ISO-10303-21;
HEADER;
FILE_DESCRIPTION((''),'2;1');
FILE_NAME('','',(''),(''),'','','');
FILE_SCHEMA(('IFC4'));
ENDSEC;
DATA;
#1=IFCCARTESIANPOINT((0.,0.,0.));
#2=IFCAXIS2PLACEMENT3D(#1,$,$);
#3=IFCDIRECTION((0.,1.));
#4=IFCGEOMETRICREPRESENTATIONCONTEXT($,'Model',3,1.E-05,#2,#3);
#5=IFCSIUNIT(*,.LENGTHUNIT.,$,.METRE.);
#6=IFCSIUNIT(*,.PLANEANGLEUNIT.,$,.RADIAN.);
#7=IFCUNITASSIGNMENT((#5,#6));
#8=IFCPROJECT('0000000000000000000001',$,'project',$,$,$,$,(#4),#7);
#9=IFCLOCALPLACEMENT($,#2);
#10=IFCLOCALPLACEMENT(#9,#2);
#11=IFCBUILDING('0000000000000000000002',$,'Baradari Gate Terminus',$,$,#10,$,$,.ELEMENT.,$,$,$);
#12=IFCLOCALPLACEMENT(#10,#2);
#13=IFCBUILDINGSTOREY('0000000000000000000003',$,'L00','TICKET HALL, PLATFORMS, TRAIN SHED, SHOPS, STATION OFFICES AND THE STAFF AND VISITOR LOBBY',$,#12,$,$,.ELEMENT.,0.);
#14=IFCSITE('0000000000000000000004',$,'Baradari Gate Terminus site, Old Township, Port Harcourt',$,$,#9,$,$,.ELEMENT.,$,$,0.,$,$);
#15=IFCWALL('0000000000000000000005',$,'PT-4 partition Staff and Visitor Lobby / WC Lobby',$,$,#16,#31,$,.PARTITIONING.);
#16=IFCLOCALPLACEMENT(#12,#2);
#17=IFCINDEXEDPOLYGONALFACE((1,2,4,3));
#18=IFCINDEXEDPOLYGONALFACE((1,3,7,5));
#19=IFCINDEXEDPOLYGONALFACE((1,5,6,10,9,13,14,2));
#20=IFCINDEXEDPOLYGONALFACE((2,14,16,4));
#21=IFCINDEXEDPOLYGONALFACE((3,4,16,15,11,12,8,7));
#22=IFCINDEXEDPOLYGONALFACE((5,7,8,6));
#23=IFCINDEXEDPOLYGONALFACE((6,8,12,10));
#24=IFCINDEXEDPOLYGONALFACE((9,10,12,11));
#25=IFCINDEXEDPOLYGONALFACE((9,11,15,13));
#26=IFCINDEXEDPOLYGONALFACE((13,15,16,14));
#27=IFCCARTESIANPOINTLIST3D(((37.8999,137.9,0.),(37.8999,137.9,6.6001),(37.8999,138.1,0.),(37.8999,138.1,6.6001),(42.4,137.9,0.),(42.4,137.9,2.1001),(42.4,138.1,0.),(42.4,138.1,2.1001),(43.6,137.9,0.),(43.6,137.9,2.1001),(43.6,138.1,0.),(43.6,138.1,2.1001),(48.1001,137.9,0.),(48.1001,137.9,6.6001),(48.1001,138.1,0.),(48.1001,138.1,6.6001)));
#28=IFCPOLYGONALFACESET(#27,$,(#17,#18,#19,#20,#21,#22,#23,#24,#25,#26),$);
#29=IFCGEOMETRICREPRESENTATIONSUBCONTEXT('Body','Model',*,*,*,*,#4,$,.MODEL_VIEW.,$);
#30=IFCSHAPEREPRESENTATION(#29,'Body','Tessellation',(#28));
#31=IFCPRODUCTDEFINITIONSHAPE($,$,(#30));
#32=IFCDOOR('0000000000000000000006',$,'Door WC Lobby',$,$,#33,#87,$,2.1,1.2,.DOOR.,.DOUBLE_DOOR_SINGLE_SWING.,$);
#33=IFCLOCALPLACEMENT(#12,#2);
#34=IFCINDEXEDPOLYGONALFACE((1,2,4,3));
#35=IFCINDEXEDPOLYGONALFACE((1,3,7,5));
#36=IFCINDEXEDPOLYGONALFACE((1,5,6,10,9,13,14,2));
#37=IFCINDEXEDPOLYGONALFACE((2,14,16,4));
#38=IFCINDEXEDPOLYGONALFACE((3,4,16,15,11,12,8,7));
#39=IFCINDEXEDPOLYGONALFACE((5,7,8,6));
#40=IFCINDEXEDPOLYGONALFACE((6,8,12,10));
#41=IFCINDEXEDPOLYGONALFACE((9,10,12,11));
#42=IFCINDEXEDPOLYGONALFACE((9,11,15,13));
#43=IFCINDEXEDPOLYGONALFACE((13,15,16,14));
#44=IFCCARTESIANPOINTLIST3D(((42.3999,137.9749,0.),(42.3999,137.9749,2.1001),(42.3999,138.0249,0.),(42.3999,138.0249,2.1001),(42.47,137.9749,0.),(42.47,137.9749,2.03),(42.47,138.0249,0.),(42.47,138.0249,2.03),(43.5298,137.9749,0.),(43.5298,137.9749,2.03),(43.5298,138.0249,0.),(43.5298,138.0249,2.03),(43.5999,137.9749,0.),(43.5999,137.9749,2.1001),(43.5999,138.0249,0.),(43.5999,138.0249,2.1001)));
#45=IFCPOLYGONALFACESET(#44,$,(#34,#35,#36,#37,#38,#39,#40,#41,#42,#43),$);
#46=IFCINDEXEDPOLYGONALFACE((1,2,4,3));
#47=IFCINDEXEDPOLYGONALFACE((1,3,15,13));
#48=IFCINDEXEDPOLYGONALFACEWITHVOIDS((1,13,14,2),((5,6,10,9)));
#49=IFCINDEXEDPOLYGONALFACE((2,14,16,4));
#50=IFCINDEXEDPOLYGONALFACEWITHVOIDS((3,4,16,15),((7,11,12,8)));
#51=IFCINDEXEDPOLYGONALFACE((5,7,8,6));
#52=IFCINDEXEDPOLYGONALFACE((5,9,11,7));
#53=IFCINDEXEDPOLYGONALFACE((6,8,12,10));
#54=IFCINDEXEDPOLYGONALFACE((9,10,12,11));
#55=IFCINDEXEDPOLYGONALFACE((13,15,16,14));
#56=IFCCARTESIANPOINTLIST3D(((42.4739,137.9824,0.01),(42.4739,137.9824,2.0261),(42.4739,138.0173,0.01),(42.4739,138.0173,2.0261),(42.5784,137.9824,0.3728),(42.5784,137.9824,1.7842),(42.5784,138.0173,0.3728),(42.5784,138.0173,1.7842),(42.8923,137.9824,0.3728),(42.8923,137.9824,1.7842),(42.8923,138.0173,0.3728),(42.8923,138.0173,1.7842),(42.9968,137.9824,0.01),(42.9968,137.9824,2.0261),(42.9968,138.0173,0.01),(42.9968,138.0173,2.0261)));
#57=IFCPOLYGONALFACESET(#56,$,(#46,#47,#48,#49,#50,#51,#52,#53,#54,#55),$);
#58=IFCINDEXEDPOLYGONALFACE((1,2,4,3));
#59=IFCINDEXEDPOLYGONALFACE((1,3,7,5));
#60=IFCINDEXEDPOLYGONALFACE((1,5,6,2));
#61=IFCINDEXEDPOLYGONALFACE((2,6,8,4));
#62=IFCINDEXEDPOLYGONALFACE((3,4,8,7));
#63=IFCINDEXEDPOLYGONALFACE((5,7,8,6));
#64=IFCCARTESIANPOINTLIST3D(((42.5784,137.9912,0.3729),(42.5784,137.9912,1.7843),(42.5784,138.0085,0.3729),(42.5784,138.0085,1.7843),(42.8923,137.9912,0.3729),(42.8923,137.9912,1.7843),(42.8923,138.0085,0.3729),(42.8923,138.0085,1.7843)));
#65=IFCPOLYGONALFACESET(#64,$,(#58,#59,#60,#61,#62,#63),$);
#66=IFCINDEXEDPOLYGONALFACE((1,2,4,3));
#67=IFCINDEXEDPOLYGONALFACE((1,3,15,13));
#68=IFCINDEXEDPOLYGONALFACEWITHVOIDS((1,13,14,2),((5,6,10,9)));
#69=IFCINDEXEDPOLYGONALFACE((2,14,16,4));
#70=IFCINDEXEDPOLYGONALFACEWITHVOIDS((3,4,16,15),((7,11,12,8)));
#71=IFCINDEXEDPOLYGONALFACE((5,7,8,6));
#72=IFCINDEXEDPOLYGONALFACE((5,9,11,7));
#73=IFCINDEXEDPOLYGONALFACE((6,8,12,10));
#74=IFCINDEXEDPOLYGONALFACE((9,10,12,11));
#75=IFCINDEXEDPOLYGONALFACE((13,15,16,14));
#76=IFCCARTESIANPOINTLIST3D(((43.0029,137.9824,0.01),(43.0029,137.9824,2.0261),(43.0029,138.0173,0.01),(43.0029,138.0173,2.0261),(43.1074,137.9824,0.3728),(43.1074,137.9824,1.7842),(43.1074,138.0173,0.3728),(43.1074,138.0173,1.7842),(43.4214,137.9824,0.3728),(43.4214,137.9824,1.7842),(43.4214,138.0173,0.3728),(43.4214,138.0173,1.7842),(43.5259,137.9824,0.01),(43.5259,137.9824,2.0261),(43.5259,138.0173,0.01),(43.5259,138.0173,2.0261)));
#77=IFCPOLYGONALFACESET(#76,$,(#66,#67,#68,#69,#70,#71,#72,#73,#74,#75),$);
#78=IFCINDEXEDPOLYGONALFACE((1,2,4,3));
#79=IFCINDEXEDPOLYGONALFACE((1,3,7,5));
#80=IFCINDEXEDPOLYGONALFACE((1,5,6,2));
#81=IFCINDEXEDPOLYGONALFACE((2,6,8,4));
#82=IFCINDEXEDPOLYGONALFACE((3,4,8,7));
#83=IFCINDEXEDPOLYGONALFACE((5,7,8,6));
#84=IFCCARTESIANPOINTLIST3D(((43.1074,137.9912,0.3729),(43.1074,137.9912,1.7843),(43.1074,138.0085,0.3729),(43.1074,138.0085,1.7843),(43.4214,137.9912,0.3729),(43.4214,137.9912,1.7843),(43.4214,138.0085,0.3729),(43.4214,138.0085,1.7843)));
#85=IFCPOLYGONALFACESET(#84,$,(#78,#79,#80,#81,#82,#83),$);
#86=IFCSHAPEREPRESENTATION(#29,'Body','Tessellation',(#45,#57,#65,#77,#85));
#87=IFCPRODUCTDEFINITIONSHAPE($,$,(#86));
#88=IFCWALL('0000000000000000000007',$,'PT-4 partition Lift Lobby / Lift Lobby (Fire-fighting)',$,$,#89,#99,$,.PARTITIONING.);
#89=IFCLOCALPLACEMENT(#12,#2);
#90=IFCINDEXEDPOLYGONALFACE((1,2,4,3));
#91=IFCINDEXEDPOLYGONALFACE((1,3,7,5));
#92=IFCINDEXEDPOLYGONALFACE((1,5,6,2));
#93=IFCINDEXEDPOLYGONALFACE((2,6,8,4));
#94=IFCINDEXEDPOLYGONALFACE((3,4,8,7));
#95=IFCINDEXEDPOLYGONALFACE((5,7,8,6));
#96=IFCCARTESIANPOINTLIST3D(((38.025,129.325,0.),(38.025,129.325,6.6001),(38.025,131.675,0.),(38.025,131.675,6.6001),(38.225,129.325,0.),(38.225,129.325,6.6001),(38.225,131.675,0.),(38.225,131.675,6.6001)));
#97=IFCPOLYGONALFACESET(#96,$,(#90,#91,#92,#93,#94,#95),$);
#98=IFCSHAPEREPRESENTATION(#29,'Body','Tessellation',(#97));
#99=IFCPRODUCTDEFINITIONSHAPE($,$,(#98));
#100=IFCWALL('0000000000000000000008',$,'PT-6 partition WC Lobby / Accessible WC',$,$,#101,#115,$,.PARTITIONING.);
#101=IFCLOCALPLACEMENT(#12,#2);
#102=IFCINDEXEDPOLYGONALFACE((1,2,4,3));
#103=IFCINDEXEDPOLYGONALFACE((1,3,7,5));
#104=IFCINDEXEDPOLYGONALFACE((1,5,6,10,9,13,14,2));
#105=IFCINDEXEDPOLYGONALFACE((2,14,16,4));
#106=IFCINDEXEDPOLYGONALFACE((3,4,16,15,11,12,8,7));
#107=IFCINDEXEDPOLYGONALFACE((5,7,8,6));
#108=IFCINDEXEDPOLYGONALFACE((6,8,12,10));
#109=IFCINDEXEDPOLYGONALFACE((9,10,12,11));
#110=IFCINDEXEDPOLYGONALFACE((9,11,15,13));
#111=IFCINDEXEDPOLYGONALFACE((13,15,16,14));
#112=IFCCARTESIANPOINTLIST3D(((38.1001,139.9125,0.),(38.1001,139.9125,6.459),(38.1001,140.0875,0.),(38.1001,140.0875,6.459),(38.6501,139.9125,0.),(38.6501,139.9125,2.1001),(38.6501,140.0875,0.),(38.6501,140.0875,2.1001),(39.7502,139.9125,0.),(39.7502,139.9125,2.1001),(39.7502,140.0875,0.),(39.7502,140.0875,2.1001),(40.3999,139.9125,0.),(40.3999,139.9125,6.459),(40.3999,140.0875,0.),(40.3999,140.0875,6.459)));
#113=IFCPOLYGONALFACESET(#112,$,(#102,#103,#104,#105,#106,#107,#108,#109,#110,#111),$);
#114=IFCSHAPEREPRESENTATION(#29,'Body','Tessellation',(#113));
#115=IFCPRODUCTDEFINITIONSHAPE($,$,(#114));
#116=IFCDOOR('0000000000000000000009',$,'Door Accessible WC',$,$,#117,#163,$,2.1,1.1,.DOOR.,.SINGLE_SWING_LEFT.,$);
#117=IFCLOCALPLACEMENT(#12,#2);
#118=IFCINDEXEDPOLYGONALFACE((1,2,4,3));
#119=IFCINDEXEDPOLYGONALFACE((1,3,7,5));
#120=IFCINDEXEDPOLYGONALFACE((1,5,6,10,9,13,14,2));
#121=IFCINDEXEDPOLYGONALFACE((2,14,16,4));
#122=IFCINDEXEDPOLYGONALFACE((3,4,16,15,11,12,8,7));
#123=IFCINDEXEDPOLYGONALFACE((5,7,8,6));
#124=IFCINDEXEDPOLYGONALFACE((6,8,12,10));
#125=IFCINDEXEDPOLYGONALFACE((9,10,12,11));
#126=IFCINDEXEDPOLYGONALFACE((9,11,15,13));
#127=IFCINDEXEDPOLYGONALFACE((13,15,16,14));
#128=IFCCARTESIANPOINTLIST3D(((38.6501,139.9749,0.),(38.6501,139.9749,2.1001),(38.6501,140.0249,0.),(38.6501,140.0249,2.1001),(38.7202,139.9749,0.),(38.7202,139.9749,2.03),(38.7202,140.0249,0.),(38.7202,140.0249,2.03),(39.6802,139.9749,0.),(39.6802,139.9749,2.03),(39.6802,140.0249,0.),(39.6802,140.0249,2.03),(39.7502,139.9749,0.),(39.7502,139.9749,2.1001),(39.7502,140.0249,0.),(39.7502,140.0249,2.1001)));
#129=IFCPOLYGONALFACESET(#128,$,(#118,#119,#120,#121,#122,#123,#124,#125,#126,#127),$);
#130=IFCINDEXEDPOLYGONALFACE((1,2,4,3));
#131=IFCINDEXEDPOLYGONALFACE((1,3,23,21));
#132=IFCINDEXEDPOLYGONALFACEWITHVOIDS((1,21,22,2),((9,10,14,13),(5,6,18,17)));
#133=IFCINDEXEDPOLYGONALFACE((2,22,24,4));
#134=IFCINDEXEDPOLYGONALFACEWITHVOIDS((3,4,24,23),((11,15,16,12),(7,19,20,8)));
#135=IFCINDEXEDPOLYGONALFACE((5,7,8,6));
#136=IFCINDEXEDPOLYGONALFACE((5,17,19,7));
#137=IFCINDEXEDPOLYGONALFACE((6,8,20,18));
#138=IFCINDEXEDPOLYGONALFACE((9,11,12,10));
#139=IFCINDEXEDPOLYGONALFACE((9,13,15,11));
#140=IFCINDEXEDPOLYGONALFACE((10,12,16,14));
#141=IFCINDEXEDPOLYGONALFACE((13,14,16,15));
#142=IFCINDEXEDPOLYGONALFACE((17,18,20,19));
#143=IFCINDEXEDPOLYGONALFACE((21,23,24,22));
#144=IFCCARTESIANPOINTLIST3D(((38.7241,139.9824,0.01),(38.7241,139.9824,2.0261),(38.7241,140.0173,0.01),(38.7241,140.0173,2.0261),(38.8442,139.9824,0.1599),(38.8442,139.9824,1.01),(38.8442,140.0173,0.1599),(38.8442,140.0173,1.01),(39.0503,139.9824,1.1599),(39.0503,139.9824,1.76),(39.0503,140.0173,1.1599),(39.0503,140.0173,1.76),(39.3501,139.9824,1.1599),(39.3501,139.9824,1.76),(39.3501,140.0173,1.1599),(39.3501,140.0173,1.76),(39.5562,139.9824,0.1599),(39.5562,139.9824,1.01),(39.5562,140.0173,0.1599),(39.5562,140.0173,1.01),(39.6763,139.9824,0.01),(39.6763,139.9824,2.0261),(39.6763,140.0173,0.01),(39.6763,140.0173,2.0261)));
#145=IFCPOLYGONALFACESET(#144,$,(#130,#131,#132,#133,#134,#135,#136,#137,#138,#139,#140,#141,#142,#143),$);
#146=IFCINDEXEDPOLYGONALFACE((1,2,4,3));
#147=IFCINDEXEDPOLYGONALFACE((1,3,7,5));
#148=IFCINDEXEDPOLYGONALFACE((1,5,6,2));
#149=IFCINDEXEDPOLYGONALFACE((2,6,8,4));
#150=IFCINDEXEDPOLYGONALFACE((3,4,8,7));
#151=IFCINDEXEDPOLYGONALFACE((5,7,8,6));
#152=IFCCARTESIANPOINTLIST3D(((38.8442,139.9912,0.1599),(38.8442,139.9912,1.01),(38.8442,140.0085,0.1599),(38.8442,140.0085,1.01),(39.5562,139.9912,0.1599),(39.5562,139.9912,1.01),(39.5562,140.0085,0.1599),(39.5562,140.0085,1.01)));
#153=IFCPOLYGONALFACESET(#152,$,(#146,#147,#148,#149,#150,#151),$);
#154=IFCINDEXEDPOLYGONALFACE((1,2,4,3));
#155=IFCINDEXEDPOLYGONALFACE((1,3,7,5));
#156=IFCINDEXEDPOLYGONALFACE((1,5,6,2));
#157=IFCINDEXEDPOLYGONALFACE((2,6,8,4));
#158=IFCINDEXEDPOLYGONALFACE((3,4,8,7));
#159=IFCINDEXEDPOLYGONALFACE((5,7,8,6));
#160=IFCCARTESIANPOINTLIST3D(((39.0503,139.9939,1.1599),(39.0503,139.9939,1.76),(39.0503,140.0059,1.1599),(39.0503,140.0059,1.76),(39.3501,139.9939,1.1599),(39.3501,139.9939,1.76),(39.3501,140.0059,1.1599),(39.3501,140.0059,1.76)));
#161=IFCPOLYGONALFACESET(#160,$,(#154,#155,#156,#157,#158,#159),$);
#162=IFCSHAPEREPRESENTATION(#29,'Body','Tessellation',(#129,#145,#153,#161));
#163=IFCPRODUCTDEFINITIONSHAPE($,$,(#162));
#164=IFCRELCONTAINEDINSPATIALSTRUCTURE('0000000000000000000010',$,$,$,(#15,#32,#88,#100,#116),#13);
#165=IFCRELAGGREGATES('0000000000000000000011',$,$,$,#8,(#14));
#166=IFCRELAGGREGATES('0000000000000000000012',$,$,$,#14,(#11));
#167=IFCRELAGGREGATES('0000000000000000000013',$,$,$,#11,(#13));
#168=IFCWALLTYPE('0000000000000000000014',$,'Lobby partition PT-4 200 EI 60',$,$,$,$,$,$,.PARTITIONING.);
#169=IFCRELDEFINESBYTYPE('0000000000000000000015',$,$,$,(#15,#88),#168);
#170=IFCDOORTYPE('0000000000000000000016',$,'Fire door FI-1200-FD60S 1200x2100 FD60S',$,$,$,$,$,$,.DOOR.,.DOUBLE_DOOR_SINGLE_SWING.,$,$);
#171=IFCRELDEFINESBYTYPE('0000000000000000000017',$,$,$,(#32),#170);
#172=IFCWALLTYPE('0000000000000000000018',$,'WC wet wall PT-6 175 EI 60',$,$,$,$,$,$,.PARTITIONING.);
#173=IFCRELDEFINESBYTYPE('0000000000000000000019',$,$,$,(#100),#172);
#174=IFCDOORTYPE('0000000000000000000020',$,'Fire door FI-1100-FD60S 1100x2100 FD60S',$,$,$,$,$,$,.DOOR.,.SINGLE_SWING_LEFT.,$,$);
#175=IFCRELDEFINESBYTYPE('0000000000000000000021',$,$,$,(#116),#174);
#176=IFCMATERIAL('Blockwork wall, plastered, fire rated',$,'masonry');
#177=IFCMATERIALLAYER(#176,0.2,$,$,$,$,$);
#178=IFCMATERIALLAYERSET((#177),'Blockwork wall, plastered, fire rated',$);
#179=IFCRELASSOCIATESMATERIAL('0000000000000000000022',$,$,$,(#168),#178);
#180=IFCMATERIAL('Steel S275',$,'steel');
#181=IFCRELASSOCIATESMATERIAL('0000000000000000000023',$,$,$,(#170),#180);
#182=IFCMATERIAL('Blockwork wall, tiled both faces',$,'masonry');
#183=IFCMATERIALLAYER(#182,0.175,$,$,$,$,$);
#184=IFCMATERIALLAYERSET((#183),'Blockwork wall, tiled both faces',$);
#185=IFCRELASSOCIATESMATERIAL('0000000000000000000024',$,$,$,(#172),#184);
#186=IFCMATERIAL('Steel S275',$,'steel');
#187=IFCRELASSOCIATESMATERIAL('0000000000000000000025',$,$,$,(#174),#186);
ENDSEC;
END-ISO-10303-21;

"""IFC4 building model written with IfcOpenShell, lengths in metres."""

from ifc_helpers import new_model, si_unit, direction, frame, frame_2d, origin, place, context, subcontext, project, spatial, polyline, rectangle, outline, extrude, material, layer, layer_set, type_object, element, fill, save


model = new_model("IFC4")

# Units and contexts
model_context = context("Model", 3, precision=1e-05, world=origin(), true_north=direction((0.0, 1.0)))
body_context = subcontext(model_context, "Body", "Model", "MODEL_VIEW")
ifc_project = project(units=[si_unit("LENGTHUNIT", "METRE"), si_unit("PLANEANGLEUNIT", "RADIAN")], contexts=[model_context])

# Site, building, storey
site_placement = place(None, origin())
site = spatial("IfcSite", under=ifc_project, at=site_placement, Name="Baradari Gate Terminus site, Old Township, Port Harcourt", CompositionType="ELEMENT", RefElevation=0.0)
building_placement = place(site_placement, origin())
building = spatial("IfcBuilding", under=site, at=building_placement, Name="Baradari Gate Terminus", CompositionType="ELEMENT")
storey_placement = place(building_placement, origin())
storey = spatial("IfcBuildingStorey", under=building, at=storey_placement, Name="L00", Description="TICKET HALL, PLATFORMS, TRAIN SHED, SHOPS, STATION OFFICES AND THE STAFF AND VISITOR LOBBY", CompositionType="ELEMENT", Elevation=0.0)

# Shared definitions
ifc_material_1 = material(Name="Blockwork wall, plastered, fire rated", Category="masonry")
ifc_layer_1 = layer(ifc_material_1, 0.2)
ifc_layer_set_1 = layer_set([ifc_layer_1], Name="Blockwork wall, plastered, fire rated")
wall_type_1 = type_object("IfcWallType", Name="Lobby partition PT-4 200 EI 60", PredefinedType="PARTITIONING", material=ifc_layer_set_1)

# Wall, opening, door
wall_1_placement = place(storey_placement, frame((37.8999, 138.0, 0.0), z_axis=(0.0, 0.0, 1.0), x_axis=(1.0, 0.0, 0.0)))
wall_1 = element("IfcWall", 1, at=wall_1_placement, inside=storey, type_object=wall_type_1, Name="PT-4 partition Staff and Visitor Lobby / WC Lobby", PredefinedType="PARTITIONING", context=body_context, shape_type="SweptSolid", body=[
    extrude(rectangle(XDim=10.2002, YDim=0.2, at=frame_2d((5.1001, 0.0))), origin(), (0.0, 0.0, 1.0), 6.6001),
])
opening_1_placement = place(wall_1_placement, frame((4.5, 0.0, 0.0)))
opening_1 = element("IfcOpeningElement", 2, at=opening_1_placement, cuts=wall_1, PredefinedType="OPENING", context=body_context, shape_type="SweptSolid", body=[
    extrude(rectangle(XDim=1.2, YDim=2.1001, at=frame_2d((0.6001, 1.05))), frame((0.0, 0.1099, 0.0), z_axis=(0.0, -1.0, 0.0), x_axis=(1.0, 0.0, 0.0)), (0.0, 0.0, 1.0), 0.22),
])
ifc_material_2 = material(Name="Steel S275", Category="steel")
door_type_1 = type_object("IfcDoorType", Name="Fire door FI-1200-FD60S 1200x2100 FD60S", OperationType="DOUBLE_DOOR_SINGLE_SWING", PredefinedType="DOOR", material=ifc_material_2)
door_1_placement = place(opening_1_placement, origin())
door_1 = element("IfcDoor", 3, at=door_1_placement, inside=storey, type_object=door_type_1, Name="Door WC Lobby", OperationType="DOUBLE_DOOR_SINGLE_SWING", OverallHeight=2.1, OverallWidth=1.2, PredefinedType="DOOR", context=body_context, shape_type="SweptSolid", body=[
    extrude(outline(polyline([(0.0, 0.0), (0.0701, 0.0), (0.0701, 2.03), (1.1299, 2.03), (1.1299, 0.0), (1.2, 0.0), (1.2, 2.1001), (0.0, 2.1001), (0.0, 0.0)])), frame((0.0, 0.0249, 0.0), z_axis=(0.0, -1.0, 0.0), x_axis=(1.0, 0.0, 0.0)), (0.0, 0.0, 1.0), 0.05),
    extrude(outline(polyline([(0.074, 0.01), (0.5969, 0.01), (0.5969, 2.0261), (0.074, 2.0261), (0.074, 0.01)]), holes=[polyline([(0.1785, 0.3728), (0.4924, 0.3728), (0.4924, 1.7842), (0.1785, 1.7842), (0.1785, 0.3728)])]), frame((0.0, 0.0173, 0.0), z_axis=(0.0, -1.0, 0.0), x_axis=(1.0, 0.0, 0.0)), (0.0, 0.0, 1.0), 0.0349),
    extrude(rectangle(XDim=0.314, YDim=1.4114, at=frame_2d((0.3354, 1.0786))), frame((0.0, 0.0085, 0.0), z_axis=(0.0, -1.0, 0.0), x_axis=(1.0, 0.0, 0.0)), (0.0, 0.0, 1.0), 0.0173),
    extrude(outline(polyline([(0.603, 0.01), (1.126, 0.01), (1.126, 2.0261), (0.603, 2.0261), (0.603, 0.01)]), holes=[polyline([(0.7075, 0.3728), (1.0215, 0.3728), (1.0215, 1.7842), (0.7075, 1.7842), (0.7075, 0.3728)])]), frame((0.0, 0.0173, 0.0), z_axis=(0.0, -1.0, 0.0), x_axis=(1.0, 0.0, 0.0)), (0.0, 0.0, 1.0), 0.0349),
    extrude(rectangle(XDim=0.314, YDim=1.4114, at=frame_2d((0.8645, 1.0786))), frame((0.0, 0.0085, 0.0), z_axis=(0.0, -1.0, 0.0), x_axis=(1.0, 0.0, 0.0)), (0.0, 0.0, 1.0), 0.0173),
])
fill(opening_1, door_1)

# Wall
wall_2_placement = place(storey_placement, frame((38.125, 131.675, 0.0), z_axis=(0.0, 0.0, 1.0), x_axis=(0.0, -1.0, 0.0)))
element("IfcWall", 4, at=wall_2_placement, inside=storey, type_object=wall_type_1, Name="PT-4 partition Lift Lobby / Lift Lobby (Fire-fighting)", PredefinedType="PARTITIONING", context=body_context, shape_type="SweptSolid", body=[
    extrude(rectangle(XDim=2.3501, YDim=0.2, at=frame_2d((1.175, 0.0))), origin(), (0.0, 0.0, 1.0), 6.6001),
])

# Wall, opening, door
ifc_material_3 = material(Name="Blockwork wall, tiled both faces", Category="masonry")
ifc_layer_2 = layer(ifc_material_3, 0.175)
ifc_layer_set_2 = layer_set([ifc_layer_2], Name="Blockwork wall, tiled both faces")
wall_type_2 = type_object("IfcWallType", Name="WC wet wall PT-6 175 EI 60", PredefinedType="PARTITIONING", material=ifc_layer_set_2)
wall_3_placement = place(storey_placement, frame((38.1001, 140.0, 0.0), z_axis=(0.0, 0.0, 1.0), x_axis=(1.0, 0.0, 0.0)))
wall_3 = element("IfcWall", 5, at=wall_3_placement, inside=storey, type_object=wall_type_2, Name="PT-6 partition WC Lobby / Accessible WC", PredefinedType="PARTITIONING", context=body_context, shape_type="SweptSolid", body=[
    extrude(rectangle(XDim=2.2998, YDim=0.175, at=frame_2d((1.1499, 0.0))), origin(), (0.0, 0.0, 1.0), 6.459),
])
opening_2_placement = place(wall_3_placement, frame((0.55, 0.0, 0.0)))
opening_2 = element("IfcOpeningElement", 6, at=opening_2_placement, cuts=wall_3, PredefinedType="OPENING", context=body_context, shape_type="SweptSolid", body=[
    extrude(rectangle(XDim=1.1001, YDim=2.1001, at=frame_2d((0.55, 1.05))), frame((0.0, 0.0974, 0.0), z_axis=(0.0, -1.0, 0.0), x_axis=(1.0, 0.0, 0.0)), (0.0, 0.0, 1.0), 0.1951),
])
ifc_material_4 = material(Name="Steel S275", Category="steel")
door_type_2 = type_object("IfcDoorType", Name="Fire door FI-1100-FD60S 1100x2100 FD60S", OperationType="SINGLE_SWING_LEFT", PredefinedType="DOOR", material=ifc_material_4)
door_2_placement = place(opening_2_placement, origin())
door_2 = element("IfcDoor", 7, at=door_2_placement, inside=storey, type_object=door_type_2, Name="Door Accessible WC", OperationType="SINGLE_SWING_LEFT", OverallHeight=2.1, OverallWidth=1.1, PredefinedType="DOOR", context=body_context, shape_type="SweptSolid", body=[
    extrude(outline(polyline([(0.0, 0.0), (0.0701, 0.0), (0.0701, 2.03), (1.03, 2.03), (1.03, 0.0), (1.1001, 0.0), (1.1001, 2.1001), (0.0, 2.1001), (0.0, 0.0)])), frame((0.0, 0.0249, 0.0), z_axis=(0.0, -1.0, 0.0), x_axis=(1.0, 0.0, 0.0)), (0.0, 0.0, 1.0), 0.05),
    extrude(outline(polyline([(0.074, 0.01), (1.0261, 0.01), (1.0261, 2.0261), (0.074, 2.0261), (0.074, 0.01)]), holes=[polyline([(0.1941, 0.1599), (0.906, 0.1599), (0.906, 1.01), (0.1941, 1.01), (0.1941, 0.1599)]), polyline([(0.4001, 1.1599), (0.7, 1.1599), (0.7, 1.76), (0.4001, 1.76), (0.4001, 1.1599)])]), frame((0.0, 0.0173, 0.0), z_axis=(0.0, -1.0, 0.0), x_axis=(1.0, 0.0, 0.0)), (0.0, 0.0, 1.0), 0.0349),
    extrude(rectangle(XDim=0.7119, YDim=0.8501, at=frame_2d((0.55, 0.585))), frame((0.0, 0.0085, 0.0), z_axis=(0.0, -1.0, 0.0), x_axis=(1.0, 0.0, 0.0)), (0.0, 0.0, 1.0), 0.0173),
    extrude(rectangle(XDim=0.2998, YDim=0.6001, at=frame_2d((0.55, 1.46))), frame((0.0, 0.0059, 0.0), z_axis=(0.0, -1.0, 0.0), x_axis=(1.0, 0.0, 0.0)), (0.0, 0.0, 1.0), 0.012),
])
fill(opening_2, door_2)

save(model, "model.ifc")
